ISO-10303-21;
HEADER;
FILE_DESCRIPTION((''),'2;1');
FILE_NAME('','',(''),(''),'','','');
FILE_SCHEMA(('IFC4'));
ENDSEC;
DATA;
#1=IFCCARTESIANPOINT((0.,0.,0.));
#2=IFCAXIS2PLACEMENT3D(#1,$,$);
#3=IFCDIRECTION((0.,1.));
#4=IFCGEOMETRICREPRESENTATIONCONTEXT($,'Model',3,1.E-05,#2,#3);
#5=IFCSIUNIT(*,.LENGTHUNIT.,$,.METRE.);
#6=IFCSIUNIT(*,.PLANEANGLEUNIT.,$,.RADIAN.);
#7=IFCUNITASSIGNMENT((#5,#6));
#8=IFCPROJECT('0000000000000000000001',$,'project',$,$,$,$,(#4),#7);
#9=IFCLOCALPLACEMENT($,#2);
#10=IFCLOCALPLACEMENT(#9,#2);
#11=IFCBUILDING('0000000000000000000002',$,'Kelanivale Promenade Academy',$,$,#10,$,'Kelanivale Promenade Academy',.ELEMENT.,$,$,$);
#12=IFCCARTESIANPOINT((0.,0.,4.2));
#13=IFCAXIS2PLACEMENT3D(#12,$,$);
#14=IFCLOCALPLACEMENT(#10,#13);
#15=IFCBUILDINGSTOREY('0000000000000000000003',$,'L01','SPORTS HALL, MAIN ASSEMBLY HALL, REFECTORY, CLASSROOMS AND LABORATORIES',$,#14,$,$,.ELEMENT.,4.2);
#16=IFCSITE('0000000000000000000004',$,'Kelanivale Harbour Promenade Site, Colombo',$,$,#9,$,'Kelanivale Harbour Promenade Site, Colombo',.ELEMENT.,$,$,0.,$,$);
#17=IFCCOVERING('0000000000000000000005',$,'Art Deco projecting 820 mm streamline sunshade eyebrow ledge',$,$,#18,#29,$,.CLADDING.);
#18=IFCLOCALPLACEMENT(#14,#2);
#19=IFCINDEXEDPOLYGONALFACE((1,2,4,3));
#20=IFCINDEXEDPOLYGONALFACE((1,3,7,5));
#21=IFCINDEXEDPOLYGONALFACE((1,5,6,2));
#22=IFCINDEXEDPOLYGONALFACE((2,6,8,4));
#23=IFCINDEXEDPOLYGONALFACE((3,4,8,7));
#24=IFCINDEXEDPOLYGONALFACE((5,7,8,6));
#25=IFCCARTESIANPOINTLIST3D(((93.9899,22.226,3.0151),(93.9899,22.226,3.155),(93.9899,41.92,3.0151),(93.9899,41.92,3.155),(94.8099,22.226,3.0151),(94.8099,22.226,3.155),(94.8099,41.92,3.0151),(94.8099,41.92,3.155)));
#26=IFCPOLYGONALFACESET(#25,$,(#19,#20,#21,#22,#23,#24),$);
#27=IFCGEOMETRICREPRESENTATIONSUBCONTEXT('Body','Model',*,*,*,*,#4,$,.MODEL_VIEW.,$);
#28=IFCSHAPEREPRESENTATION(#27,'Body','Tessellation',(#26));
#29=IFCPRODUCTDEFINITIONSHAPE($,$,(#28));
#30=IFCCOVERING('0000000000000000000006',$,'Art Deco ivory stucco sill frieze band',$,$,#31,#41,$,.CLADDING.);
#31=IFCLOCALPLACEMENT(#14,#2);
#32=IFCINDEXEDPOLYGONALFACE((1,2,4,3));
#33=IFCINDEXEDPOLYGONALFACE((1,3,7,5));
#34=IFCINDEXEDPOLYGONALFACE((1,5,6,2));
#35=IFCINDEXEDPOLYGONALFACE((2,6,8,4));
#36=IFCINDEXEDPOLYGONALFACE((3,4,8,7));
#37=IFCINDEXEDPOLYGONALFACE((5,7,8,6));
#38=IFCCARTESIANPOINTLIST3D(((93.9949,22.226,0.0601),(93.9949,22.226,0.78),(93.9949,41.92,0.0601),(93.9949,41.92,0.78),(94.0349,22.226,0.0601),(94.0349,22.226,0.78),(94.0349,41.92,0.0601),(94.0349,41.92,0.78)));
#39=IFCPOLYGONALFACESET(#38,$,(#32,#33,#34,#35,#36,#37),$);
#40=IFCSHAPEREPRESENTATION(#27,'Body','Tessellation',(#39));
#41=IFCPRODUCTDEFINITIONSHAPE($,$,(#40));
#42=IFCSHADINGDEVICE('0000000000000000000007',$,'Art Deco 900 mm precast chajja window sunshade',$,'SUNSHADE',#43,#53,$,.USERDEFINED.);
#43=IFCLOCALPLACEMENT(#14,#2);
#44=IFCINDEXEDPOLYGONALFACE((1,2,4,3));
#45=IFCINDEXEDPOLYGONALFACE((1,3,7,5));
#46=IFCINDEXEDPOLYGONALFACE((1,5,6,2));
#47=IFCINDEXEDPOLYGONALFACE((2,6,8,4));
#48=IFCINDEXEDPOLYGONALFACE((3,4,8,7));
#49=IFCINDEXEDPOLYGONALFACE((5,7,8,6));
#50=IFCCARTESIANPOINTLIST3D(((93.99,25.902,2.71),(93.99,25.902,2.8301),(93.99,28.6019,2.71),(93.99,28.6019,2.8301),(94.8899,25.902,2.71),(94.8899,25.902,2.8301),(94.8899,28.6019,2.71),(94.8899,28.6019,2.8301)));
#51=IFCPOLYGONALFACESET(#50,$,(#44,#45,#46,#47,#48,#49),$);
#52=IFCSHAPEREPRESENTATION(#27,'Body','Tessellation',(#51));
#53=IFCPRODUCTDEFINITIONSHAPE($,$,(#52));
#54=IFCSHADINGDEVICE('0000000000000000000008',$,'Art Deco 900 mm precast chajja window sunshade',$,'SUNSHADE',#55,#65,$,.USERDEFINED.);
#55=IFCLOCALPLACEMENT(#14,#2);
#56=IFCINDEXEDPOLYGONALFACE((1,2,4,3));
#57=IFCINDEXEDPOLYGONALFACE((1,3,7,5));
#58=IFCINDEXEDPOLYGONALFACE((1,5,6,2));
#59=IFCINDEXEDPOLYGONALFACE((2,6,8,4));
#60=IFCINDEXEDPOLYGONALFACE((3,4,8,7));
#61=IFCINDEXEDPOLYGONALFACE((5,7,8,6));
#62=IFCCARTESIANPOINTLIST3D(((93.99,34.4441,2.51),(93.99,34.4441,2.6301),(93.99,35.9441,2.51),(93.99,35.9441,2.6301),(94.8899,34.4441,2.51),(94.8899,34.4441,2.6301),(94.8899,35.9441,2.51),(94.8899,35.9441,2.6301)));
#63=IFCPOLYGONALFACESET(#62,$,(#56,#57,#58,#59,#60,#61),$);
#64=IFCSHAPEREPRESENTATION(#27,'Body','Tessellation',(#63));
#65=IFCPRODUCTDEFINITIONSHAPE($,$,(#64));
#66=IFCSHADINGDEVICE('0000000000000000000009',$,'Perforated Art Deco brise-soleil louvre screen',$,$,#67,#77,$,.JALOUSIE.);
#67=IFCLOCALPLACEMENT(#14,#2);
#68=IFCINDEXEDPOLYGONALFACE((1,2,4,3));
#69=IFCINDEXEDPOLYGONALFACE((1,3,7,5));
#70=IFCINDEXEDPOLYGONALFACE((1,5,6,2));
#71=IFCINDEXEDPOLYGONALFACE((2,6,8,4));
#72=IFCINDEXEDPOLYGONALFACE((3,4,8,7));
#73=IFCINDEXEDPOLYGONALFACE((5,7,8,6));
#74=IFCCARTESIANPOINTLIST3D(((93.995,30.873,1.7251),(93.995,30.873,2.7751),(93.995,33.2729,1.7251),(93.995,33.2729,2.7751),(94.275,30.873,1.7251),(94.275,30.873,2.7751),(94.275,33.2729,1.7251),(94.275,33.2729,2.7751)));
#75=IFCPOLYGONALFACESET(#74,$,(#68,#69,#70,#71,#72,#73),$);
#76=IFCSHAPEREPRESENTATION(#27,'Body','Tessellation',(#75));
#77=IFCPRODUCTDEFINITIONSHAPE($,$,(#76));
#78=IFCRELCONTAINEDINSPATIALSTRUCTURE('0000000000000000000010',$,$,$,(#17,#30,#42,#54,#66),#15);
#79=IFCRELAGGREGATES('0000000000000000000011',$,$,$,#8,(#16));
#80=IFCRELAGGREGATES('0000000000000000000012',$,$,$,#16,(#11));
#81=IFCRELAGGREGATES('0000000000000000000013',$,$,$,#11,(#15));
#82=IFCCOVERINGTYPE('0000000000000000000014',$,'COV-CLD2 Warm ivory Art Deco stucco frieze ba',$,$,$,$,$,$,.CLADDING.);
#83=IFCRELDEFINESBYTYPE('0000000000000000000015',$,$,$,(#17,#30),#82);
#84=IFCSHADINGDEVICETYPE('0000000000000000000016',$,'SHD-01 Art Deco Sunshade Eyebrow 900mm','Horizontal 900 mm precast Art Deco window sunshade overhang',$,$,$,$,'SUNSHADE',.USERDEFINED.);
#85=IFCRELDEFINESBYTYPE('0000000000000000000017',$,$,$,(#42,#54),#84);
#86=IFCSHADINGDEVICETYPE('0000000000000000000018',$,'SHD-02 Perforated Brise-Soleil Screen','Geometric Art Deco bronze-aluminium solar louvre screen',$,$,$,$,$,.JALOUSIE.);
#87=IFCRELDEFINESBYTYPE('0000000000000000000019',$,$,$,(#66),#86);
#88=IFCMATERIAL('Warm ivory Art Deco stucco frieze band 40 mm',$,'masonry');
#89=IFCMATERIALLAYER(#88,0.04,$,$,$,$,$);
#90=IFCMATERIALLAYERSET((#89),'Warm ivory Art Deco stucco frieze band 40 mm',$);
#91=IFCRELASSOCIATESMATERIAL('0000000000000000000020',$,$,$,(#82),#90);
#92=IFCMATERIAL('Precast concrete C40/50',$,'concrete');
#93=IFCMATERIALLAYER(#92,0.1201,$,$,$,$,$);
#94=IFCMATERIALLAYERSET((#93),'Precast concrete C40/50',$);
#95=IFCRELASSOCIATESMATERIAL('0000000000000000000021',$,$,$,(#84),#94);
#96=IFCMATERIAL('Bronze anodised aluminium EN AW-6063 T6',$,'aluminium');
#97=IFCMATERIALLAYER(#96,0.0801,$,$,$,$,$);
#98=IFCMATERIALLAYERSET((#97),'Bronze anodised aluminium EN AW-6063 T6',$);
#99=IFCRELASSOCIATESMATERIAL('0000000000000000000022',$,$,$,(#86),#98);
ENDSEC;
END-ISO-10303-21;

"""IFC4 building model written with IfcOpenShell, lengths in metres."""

from ifc_helpers import new_model, si_unit, direction, frame, origin, origin_2d, place, context, subcontext, project, spatial, rectangle, extrude, material, layer, layer_set, type_object, element, save


model = new_model("IFC4")

# Units and contexts
model_context = context("Model", 3, precision=1e-05, world=origin(), true_north=direction((0.0, 1.0)))
body_context = subcontext(model_context, "Body", "Model", "MODEL_VIEW")
ifc_project = project(units=[si_unit("LENGTHUNIT", "METRE"), si_unit("PLANEANGLEUNIT", "RADIAN")], contexts=[model_context])

# Site, building, storey
site_placement = place(None, origin())
site = spatial("IfcSite", under=ifc_project, at=site_placement, Name="Kelanivale Harbour Promenade Site, Colombo", LongName="Kelanivale Harbour Promenade Site, Colombo", CompositionType="ELEMENT", RefElevation=0.0)
building_placement = place(site_placement, origin())
building = spatial("IfcBuilding", under=site, at=building_placement, Name="Kelanivale Promenade Academy", LongName="Kelanivale Promenade Academy", CompositionType="ELEMENT")
storey_placement = place(building_placement, frame((0.0, 0.0, 4.2)))
storey = spatial("IfcBuildingStorey", under=building, at=storey_placement, Name="L01", Description="SPORTS HALL, MAIN ASSEMBLY HALL, REFECTORY, CLASSROOMS AND LABORATORIES", CompositionType="ELEMENT", Elevation=4.2)

# Coverings
ifc_material_1 = material(Name="Warm ivory Art Deco stucco frieze band 40 mm", Category="masonry")
ifc_layer_1 = layer(ifc_material_1, 0.04)
ifc_layer_set_1 = layer_set([ifc_layer_1], Name="Warm ivory Art Deco stucco frieze band 40 mm")
covering_type = type_object("IfcCoveringType", Name="COV-CLD2 Warm ivory Art Deco stucco frieze ba", PredefinedType="CLADDING", material=ifc_layer_set_1)
covering_1_placement = place(storey_placement, frame((94.3999, 32.073, 3.0151), z_axis=(0.0, 0.0, 1.0), x_axis=(0.0, 1.0, 0.0)))
element("IfcCovering", 1, at=covering_1_placement, inside=storey, type_object=covering_type, Name="Art Deco projecting 820 mm streamline sunshade eyebrow ledge", PredefinedType="CLADDING", context=body_context, shape_type="SweptSolid", body=[
    extrude(rectangle(XDim=19.6941, YDim=0.8201, at=origin_2d()), origin(), (0.0, 0.0, 1.0), 0.1399),
])
covering_2_placement = place(storey_placement, frame((94.0149, 32.073, 0.0601), z_axis=(0.0, 0.0, 1.0), x_axis=(0.0, 1.0, 0.0)))
element("IfcCovering", 2, at=covering_2_placement, inside=storey, type_object=covering_type, Name="Art Deco ivory stucco sill frieze band", PredefinedType="CLADDING", context=body_context, shape_type="SweptSolid", body=[
    extrude(rectangle(XDim=19.6941, YDim=0.04, at=origin_2d()), origin(), (0.0, 0.0, 1.0), 0.72),
])

# Shading devices
ifc_material_2 = material(Name="Precast concrete C40/50", Category="concrete")
ifc_layer_2 = layer(ifc_material_2, 0.1201)
ifc_layer_set_2 = layer_set([ifc_layer_2], Name="Precast concrete C40/50")
shading_device_type_1 = type_object("IfcShadingDeviceType", Name="SHD-01 Art Deco Sunshade Eyebrow 900mm", Description="Horizontal 900 mm precast Art Deco window sunshade overhang", ElementType="SUNSHADE", PredefinedType="USERDEFINED", material=ifc_layer_set_2)
shading_device_1_placement = place(storey_placement, frame((94.4399, 27.252, 2.71), z_axis=(0.0, 0.0, 1.0), x_axis=(0.0, 1.0, 0.0)))
element("IfcShadingDevice", 3, at=shading_device_1_placement, inside=storey, type_object=shading_device_type_1, Name="Art Deco 900 mm precast chajja window sunshade", ObjectType="SUNSHADE", PredefinedType="USERDEFINED", context=body_context, shape_type="SweptSolid", body=[
    extrude(rectangle(XDim=2.7, YDim=0.8999, at=origin_2d()), origin(), (0.0, 0.0, 1.0), 0.1201),
])
shading_device_2_placement = place(storey_placement, frame((94.4399, 35.1941, 2.51), z_axis=(0.0, 0.0, 1.0), x_axis=(0.0, 1.0, 0.0)))
element("IfcShadingDevice", 4, at=shading_device_2_placement, inside=storey, type_object=shading_device_type_1, Name="Art Deco 900 mm precast chajja window sunshade", ObjectType="SUNSHADE", PredefinedType="USERDEFINED", context=body_context, shape_type="SweptSolid", body=[
    extrude(rectangle(XDim=1.5, YDim=0.8999, at=origin_2d()), origin(), (0.0, 0.0, 1.0), 0.1201),
])
ifc_material_3 = material(Name="Bronze anodised aluminium EN AW-6063 T6", Category="aluminium")
ifc_layer_3 = layer(ifc_material_3, 0.0801)
ifc_layer_set_3 = layer_set([ifc_layer_3], Name="Bronze anodised aluminium EN AW-6063 T6")
shading_device_type_2 = type_object("IfcShadingDeviceType", Name="SHD-02 Perforated Brise-Soleil Screen", Description="Geometric Art Deco bronze-aluminium solar louvre screen", PredefinedType="JALOUSIE", material=ifc_layer_set_3)
shading_device_3_placement = place(storey_placement, frame((94.135, 32.073, 1.7251), z_axis=(0.0, 0.0, 1.0), x_axis=(0.0, 1.0, 0.0)))
element("IfcShadingDevice", 5, at=shading_device_3_placement, inside=storey, type_object=shading_device_type_2, Name="Perforated Art Deco brise-soleil louvre screen", PredefinedType="JALOUSIE", context=body_context, shape_type="SweptSolid", body=[
    extrude(rectangle(XDim=2.3999, YDim=0.28, at=origin_2d()), origin(), (0.0, 0.0, 1.0), 1.05),
])

save(model, "model.ifc")
